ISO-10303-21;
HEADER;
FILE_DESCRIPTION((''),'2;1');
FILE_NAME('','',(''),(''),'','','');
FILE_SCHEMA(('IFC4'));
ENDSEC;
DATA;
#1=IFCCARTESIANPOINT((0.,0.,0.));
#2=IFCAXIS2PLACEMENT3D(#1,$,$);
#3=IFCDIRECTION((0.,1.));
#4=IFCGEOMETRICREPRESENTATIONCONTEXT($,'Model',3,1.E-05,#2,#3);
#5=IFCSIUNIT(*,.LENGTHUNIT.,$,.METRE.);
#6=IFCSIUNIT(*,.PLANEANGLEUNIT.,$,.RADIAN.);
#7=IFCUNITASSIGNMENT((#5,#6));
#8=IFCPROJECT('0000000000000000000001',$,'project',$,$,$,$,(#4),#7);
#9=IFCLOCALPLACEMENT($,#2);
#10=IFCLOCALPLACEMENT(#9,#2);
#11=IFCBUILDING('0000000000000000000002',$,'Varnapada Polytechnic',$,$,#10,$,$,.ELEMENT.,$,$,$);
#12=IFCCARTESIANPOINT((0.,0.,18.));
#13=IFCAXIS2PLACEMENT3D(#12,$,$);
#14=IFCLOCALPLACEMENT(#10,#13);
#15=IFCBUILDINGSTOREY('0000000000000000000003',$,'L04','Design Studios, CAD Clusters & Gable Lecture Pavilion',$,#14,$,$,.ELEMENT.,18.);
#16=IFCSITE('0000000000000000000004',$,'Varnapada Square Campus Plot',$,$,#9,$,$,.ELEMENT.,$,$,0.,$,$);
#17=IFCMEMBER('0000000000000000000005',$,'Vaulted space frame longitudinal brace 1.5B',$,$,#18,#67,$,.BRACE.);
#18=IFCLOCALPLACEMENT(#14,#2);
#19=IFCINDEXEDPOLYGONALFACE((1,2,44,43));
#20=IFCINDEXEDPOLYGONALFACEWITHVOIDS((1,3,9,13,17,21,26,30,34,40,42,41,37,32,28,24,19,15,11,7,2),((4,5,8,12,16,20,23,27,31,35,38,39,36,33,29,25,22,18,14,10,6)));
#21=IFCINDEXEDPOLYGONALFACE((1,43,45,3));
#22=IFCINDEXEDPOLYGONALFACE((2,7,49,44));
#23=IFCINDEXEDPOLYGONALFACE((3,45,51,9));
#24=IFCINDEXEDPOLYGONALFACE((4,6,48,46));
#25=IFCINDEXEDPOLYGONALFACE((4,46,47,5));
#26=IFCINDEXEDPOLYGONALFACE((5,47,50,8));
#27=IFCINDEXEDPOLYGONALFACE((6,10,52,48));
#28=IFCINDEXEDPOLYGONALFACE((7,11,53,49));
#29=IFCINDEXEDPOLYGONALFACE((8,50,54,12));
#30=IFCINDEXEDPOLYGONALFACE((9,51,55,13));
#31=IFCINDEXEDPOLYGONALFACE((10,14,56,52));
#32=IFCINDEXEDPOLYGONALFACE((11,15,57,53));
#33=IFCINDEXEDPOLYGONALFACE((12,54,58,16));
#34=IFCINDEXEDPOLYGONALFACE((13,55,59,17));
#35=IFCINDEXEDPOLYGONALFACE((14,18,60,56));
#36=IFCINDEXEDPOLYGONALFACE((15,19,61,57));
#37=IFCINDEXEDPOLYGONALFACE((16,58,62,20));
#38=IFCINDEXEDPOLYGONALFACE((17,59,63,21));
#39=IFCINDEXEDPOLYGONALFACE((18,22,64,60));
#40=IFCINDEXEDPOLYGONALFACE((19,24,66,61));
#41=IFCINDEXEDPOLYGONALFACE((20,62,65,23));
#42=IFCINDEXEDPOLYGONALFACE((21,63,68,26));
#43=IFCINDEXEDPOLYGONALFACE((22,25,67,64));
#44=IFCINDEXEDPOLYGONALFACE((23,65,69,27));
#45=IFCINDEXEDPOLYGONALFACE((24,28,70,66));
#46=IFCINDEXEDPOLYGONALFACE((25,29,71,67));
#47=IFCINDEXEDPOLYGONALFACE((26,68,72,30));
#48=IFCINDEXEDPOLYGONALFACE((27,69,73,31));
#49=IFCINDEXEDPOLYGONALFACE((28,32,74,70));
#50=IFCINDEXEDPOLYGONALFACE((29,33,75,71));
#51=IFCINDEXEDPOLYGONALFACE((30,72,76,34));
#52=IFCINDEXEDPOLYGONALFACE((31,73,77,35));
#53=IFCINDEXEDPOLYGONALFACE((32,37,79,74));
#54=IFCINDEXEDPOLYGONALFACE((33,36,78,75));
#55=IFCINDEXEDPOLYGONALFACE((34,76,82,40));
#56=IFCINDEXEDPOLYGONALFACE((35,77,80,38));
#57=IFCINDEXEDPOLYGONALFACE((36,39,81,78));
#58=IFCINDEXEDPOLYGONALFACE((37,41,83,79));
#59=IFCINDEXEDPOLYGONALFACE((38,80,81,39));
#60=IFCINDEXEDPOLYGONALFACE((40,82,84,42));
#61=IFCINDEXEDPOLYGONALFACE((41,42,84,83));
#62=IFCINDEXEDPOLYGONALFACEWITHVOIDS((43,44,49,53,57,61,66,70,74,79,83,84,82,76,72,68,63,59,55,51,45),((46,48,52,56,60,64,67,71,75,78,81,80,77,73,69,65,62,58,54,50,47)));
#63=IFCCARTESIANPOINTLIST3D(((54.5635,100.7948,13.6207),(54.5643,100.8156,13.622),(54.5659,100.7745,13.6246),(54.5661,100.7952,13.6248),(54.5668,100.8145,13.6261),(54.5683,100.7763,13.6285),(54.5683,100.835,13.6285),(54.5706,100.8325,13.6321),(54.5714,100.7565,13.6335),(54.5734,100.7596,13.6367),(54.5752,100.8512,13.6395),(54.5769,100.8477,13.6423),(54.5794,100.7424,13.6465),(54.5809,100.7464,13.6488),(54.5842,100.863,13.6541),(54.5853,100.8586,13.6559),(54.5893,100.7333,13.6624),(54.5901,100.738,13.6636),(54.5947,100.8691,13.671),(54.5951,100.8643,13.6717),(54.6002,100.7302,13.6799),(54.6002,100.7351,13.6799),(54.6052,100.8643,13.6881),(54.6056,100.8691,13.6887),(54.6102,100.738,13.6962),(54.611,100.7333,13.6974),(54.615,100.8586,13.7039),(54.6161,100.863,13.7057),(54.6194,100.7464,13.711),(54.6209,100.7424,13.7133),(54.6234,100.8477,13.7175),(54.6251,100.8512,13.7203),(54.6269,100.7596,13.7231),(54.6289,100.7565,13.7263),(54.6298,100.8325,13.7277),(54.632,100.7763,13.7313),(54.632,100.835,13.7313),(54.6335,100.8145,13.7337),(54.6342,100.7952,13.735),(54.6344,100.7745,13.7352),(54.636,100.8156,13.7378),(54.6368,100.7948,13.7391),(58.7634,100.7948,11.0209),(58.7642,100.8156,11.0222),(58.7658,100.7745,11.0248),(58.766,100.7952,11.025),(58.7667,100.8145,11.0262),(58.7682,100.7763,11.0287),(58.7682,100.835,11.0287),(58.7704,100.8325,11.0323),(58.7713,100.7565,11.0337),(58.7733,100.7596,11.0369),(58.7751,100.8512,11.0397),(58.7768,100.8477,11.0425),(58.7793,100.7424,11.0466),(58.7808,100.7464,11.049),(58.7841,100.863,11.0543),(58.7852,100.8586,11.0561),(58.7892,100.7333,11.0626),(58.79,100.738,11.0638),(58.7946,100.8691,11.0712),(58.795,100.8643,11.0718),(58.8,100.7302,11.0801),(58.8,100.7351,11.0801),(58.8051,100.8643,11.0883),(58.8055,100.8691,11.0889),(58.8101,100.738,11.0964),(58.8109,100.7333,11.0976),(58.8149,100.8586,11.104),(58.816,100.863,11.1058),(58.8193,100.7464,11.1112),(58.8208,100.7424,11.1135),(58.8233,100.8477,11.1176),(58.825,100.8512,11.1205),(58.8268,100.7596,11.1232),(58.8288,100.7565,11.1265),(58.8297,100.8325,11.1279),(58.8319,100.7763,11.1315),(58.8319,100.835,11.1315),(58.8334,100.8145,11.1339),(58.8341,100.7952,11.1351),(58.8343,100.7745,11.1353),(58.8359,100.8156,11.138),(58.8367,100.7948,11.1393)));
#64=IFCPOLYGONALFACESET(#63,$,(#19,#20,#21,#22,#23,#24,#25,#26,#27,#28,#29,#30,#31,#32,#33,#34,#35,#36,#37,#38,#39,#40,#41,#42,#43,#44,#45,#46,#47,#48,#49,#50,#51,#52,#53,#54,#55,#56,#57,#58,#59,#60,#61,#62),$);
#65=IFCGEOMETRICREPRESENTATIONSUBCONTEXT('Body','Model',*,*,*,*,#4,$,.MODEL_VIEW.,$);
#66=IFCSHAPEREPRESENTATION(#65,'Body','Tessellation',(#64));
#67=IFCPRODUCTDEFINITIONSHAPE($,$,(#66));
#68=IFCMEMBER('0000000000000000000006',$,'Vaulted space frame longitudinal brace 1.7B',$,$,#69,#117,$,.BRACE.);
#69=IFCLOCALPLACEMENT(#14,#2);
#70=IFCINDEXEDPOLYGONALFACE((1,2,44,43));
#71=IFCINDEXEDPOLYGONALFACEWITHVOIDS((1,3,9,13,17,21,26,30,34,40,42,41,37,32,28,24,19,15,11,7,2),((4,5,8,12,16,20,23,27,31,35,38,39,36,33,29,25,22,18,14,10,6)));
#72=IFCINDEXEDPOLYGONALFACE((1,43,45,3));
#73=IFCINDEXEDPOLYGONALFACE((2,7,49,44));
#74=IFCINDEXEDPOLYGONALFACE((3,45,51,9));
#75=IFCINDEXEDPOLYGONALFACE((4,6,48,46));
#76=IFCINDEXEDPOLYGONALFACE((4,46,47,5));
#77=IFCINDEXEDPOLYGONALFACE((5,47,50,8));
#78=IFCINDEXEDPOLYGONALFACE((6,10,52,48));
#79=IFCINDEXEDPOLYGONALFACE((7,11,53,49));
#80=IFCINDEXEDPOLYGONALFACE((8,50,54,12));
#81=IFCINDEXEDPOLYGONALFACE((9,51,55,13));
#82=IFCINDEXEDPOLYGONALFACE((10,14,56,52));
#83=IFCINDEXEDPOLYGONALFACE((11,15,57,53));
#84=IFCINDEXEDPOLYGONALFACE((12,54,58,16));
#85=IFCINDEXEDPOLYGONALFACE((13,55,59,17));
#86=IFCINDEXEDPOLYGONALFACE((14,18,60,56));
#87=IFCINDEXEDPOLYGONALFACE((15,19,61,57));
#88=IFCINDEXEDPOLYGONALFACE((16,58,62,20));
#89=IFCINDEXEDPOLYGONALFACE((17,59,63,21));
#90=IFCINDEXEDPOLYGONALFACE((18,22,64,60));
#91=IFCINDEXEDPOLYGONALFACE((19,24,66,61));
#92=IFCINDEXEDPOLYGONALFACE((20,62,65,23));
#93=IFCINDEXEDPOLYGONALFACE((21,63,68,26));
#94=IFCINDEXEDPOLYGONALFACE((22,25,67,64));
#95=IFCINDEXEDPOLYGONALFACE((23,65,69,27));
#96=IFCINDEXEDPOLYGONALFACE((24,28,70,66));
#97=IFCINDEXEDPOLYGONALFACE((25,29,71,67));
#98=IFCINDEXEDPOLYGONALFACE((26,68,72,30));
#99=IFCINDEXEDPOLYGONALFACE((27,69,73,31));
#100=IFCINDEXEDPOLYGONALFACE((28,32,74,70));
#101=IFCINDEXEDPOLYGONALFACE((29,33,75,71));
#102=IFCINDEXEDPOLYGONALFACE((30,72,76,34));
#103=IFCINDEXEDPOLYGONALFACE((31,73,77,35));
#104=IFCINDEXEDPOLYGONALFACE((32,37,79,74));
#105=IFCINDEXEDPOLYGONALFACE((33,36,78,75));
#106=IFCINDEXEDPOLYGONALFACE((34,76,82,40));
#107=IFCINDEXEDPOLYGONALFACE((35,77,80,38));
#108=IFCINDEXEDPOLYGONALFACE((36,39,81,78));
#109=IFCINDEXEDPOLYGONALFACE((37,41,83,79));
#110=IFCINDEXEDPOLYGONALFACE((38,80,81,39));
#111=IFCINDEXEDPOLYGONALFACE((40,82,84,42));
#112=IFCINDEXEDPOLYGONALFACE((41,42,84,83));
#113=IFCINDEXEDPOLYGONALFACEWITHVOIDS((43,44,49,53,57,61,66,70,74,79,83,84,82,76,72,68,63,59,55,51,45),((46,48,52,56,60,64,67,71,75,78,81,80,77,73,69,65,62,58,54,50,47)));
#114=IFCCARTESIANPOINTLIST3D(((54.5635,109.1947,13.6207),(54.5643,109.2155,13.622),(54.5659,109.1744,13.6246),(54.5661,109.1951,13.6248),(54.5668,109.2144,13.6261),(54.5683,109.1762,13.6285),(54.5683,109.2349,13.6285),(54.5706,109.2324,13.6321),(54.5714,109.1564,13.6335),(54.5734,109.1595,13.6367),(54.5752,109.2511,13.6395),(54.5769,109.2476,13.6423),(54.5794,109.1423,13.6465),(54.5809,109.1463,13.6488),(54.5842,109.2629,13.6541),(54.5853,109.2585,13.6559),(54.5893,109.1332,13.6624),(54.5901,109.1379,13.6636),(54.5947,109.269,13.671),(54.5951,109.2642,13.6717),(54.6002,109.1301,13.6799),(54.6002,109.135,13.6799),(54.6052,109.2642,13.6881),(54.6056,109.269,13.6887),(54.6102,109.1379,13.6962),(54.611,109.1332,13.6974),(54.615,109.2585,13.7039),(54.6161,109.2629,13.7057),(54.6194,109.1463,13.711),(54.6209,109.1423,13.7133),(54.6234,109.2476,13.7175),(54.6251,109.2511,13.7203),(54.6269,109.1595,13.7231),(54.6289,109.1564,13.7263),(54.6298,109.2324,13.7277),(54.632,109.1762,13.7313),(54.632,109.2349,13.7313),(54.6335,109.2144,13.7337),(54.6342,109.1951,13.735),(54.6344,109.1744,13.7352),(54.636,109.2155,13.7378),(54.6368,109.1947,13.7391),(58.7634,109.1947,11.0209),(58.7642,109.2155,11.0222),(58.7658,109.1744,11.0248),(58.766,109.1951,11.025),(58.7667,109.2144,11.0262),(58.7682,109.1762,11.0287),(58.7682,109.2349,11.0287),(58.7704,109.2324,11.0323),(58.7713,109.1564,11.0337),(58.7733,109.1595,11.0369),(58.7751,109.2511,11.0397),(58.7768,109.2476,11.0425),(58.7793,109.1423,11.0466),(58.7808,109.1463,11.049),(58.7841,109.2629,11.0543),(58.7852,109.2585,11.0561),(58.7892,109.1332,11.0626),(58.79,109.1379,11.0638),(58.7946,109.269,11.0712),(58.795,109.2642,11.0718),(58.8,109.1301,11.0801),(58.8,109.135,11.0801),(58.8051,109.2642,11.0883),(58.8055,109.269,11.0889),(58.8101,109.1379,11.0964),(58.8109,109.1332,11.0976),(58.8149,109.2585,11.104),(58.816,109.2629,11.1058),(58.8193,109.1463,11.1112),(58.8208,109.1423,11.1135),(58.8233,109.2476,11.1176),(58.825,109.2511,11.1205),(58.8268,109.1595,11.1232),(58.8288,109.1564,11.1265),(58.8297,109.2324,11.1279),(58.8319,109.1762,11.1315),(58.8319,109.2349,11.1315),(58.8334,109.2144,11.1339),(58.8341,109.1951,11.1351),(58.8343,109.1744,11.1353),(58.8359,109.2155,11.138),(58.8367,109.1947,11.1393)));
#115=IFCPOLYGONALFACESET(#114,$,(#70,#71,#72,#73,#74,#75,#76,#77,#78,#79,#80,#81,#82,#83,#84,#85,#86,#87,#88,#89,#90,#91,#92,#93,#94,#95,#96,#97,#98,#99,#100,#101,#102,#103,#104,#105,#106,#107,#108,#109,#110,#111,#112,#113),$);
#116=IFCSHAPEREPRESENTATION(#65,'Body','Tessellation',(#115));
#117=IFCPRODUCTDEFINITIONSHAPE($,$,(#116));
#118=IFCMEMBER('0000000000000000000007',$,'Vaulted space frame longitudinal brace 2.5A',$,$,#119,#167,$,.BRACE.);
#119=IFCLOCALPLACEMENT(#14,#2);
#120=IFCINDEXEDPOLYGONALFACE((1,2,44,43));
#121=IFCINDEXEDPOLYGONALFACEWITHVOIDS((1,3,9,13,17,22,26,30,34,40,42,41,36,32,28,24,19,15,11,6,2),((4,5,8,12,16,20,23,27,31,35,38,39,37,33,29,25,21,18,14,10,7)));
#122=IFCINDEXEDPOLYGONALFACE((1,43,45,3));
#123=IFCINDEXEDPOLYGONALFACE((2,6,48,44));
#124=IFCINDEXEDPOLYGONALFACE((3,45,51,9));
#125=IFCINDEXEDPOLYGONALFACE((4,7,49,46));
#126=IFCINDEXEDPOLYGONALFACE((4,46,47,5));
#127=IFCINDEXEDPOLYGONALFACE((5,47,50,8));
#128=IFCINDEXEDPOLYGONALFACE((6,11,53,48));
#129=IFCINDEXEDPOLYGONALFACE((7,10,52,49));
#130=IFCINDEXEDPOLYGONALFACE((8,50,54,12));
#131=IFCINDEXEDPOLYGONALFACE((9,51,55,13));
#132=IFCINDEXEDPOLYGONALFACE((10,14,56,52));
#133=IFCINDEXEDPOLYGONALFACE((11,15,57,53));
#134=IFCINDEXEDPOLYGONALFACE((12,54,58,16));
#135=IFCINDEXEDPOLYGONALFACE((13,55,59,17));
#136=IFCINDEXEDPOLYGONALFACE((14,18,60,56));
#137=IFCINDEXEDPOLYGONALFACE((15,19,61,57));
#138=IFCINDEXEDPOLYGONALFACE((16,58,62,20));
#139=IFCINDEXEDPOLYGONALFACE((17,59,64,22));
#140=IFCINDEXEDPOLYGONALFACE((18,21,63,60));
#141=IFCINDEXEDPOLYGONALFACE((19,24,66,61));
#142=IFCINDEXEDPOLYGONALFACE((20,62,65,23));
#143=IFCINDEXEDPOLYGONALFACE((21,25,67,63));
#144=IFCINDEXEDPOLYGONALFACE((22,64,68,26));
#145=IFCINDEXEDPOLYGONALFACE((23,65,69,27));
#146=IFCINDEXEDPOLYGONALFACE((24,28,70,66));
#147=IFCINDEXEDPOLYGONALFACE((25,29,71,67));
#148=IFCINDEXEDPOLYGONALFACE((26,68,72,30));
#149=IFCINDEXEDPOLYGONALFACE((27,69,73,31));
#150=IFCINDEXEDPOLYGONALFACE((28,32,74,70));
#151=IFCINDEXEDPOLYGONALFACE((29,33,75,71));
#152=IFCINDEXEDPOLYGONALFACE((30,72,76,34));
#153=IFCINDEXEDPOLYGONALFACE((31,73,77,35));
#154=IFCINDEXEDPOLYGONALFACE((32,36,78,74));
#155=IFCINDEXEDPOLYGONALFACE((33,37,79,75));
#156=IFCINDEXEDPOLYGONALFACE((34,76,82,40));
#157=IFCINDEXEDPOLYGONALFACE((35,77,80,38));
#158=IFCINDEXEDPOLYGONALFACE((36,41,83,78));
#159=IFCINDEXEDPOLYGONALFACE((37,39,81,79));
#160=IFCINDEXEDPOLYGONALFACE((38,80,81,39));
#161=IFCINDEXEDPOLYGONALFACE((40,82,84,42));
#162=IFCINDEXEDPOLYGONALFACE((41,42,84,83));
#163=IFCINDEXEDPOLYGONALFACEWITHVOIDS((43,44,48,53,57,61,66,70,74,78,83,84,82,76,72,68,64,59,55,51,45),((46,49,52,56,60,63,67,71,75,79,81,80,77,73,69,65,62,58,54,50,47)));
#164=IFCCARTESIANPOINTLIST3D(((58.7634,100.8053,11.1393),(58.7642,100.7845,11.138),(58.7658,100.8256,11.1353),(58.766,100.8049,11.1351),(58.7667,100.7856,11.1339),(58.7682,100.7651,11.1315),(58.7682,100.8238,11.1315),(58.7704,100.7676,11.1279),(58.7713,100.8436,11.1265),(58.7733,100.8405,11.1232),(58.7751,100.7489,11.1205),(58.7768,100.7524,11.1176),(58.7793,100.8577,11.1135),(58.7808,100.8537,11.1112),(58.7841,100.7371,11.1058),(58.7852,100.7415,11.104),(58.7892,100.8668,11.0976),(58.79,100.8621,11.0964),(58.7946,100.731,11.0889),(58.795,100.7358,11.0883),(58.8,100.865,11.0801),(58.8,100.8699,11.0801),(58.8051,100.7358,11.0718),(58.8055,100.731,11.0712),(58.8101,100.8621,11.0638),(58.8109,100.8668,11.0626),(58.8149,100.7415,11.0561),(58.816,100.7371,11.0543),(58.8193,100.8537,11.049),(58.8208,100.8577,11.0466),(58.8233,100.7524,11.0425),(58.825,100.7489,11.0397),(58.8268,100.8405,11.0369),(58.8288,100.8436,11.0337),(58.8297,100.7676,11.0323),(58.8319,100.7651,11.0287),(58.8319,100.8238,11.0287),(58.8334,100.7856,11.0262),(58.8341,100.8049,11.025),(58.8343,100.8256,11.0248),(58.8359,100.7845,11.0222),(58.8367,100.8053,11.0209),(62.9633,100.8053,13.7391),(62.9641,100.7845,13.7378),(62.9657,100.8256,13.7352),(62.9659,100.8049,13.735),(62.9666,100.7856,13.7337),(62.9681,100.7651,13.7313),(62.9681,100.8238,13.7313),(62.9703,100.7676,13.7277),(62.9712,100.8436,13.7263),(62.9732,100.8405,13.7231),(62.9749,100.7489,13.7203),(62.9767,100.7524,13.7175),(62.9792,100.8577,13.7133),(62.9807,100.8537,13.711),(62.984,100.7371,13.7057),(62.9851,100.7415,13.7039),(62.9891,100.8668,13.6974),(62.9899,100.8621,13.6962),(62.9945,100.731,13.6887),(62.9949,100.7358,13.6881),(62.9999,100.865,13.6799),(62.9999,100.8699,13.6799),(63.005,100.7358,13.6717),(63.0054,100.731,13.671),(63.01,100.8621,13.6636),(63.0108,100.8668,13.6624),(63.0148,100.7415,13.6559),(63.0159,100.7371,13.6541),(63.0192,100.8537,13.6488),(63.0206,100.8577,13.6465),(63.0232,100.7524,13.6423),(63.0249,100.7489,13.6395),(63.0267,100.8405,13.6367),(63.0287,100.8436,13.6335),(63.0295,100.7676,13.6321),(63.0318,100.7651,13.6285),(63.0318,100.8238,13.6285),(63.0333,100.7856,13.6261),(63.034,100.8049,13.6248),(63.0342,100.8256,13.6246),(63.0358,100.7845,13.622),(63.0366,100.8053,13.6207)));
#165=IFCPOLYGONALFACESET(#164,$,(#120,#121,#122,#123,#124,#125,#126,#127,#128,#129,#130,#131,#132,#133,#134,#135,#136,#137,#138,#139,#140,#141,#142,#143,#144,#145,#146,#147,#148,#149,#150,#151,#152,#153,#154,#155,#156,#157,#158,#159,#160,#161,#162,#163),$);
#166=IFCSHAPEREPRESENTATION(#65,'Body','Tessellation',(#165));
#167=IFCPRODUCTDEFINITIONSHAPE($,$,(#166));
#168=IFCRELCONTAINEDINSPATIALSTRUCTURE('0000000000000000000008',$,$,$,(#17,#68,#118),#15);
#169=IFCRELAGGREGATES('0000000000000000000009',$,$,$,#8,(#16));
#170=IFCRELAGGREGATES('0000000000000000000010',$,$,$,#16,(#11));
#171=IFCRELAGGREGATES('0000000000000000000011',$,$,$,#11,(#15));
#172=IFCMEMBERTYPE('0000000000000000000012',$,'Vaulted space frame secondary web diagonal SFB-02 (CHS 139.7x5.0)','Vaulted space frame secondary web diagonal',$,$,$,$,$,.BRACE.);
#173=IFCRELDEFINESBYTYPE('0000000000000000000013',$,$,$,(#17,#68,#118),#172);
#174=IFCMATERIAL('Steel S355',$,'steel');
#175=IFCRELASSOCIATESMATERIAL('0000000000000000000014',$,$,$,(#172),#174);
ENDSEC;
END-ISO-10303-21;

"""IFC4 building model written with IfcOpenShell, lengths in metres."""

from ifc_helpers import new_model, si_unit, direction, frame, origin, origin_2d, place, context, subcontext, project, spatial, hollow_circle, extrude, material, material_profile, profile_set, type_object, element, save


model = new_model("IFC4")

# Units and contexts
model_context = context("Model", 3, precision=1e-05, world=origin(), true_north=direction((0.0, 1.0)))
body_context = subcontext(model_context, "Body", "Model", "MODEL_VIEW")
ifc_project = project(units=[si_unit("LENGTHUNIT", "METRE"), si_unit("PLANEANGLEUNIT", "RADIAN")], contexts=[model_context])

# Site, building, storey
site_placement = place(None, origin())
site = spatial("IfcSite", under=ifc_project, at=site_placement, Name="Varnapada Square Campus Plot", CompositionType="ELEMENT", RefElevation=0.0)
building_placement = place(site_placement, origin())
building = spatial("IfcBuilding", under=site, at=building_placement, Name="Varnapada Polytechnic", CompositionType="ELEMENT")
storey_placement = place(building_placement, frame((0.0, 0.0, 18.0)))
storey = spatial("IfcBuildingStorey", under=building, at=storey_placement, Name="L04", Description="Design Studios, CAD Clusters & Gable Lecture Pavilion", CompositionType="ELEMENT", Elevation=18.0)

# Shared definitions
ifc_material = material(Name="Steel S355", Category="steel")

# Members
ifc_material_profile_1 = material_profile(ifc_material, hollow_circle(Radius=0.0698, WallThickness=0.0049, at=origin_2d()), Name="CHS 139.7x5.0")
ifc_profile_set_1 = profile_set([ifc_material_profile_1], Name="Steel S355")
member_type_1 = type_object("IfcMemberType", Name="Vaulted space frame secondary web diagonal SFB-02 (CHS 139.7x5.0)", Description="Vaulted space frame secondary web diagonal", PredefinedType="BRACE", material=ifc_profile_set_1)
for number, where, z_axis, x_axis, name in (
    (1, (58.8, 100.8, 11.0801), (-0.850276, 0.0, 0.526338), (0.0, -1.0, 0.0), "Vaulted space frame longitudinal brace 1.5B"),
    (2, (58.8, 109.2, 11.0801), (-0.850276, 0.0, 0.526338), (0.0, -1.0, 0.0), "Vaulted space frame longitudinal brace 1.7B"),
    (3, (58.8, 100.8, 11.0801), (0.850276, 0.0, 0.526338), (0.0, 1.0, 0.0), "Vaulted space frame longitudinal brace 2.5A"),
):
    element("IfcMember", number, at=place(storey_placement, frame(where, z_axis=z_axis, x_axis=x_axis)), inside=storey, type_object=member_type_1, Name=name, PredefinedType="BRACE", context=body_context, shape_type="SweptSolid", body=[
        extrude(hollow_circle(Radius=0.0698, WallThickness=0.0049, at=origin_2d()), origin(), (0.0, 0.0, 1.0), 4.9395),
    ])

save(model, "model.ifc")
